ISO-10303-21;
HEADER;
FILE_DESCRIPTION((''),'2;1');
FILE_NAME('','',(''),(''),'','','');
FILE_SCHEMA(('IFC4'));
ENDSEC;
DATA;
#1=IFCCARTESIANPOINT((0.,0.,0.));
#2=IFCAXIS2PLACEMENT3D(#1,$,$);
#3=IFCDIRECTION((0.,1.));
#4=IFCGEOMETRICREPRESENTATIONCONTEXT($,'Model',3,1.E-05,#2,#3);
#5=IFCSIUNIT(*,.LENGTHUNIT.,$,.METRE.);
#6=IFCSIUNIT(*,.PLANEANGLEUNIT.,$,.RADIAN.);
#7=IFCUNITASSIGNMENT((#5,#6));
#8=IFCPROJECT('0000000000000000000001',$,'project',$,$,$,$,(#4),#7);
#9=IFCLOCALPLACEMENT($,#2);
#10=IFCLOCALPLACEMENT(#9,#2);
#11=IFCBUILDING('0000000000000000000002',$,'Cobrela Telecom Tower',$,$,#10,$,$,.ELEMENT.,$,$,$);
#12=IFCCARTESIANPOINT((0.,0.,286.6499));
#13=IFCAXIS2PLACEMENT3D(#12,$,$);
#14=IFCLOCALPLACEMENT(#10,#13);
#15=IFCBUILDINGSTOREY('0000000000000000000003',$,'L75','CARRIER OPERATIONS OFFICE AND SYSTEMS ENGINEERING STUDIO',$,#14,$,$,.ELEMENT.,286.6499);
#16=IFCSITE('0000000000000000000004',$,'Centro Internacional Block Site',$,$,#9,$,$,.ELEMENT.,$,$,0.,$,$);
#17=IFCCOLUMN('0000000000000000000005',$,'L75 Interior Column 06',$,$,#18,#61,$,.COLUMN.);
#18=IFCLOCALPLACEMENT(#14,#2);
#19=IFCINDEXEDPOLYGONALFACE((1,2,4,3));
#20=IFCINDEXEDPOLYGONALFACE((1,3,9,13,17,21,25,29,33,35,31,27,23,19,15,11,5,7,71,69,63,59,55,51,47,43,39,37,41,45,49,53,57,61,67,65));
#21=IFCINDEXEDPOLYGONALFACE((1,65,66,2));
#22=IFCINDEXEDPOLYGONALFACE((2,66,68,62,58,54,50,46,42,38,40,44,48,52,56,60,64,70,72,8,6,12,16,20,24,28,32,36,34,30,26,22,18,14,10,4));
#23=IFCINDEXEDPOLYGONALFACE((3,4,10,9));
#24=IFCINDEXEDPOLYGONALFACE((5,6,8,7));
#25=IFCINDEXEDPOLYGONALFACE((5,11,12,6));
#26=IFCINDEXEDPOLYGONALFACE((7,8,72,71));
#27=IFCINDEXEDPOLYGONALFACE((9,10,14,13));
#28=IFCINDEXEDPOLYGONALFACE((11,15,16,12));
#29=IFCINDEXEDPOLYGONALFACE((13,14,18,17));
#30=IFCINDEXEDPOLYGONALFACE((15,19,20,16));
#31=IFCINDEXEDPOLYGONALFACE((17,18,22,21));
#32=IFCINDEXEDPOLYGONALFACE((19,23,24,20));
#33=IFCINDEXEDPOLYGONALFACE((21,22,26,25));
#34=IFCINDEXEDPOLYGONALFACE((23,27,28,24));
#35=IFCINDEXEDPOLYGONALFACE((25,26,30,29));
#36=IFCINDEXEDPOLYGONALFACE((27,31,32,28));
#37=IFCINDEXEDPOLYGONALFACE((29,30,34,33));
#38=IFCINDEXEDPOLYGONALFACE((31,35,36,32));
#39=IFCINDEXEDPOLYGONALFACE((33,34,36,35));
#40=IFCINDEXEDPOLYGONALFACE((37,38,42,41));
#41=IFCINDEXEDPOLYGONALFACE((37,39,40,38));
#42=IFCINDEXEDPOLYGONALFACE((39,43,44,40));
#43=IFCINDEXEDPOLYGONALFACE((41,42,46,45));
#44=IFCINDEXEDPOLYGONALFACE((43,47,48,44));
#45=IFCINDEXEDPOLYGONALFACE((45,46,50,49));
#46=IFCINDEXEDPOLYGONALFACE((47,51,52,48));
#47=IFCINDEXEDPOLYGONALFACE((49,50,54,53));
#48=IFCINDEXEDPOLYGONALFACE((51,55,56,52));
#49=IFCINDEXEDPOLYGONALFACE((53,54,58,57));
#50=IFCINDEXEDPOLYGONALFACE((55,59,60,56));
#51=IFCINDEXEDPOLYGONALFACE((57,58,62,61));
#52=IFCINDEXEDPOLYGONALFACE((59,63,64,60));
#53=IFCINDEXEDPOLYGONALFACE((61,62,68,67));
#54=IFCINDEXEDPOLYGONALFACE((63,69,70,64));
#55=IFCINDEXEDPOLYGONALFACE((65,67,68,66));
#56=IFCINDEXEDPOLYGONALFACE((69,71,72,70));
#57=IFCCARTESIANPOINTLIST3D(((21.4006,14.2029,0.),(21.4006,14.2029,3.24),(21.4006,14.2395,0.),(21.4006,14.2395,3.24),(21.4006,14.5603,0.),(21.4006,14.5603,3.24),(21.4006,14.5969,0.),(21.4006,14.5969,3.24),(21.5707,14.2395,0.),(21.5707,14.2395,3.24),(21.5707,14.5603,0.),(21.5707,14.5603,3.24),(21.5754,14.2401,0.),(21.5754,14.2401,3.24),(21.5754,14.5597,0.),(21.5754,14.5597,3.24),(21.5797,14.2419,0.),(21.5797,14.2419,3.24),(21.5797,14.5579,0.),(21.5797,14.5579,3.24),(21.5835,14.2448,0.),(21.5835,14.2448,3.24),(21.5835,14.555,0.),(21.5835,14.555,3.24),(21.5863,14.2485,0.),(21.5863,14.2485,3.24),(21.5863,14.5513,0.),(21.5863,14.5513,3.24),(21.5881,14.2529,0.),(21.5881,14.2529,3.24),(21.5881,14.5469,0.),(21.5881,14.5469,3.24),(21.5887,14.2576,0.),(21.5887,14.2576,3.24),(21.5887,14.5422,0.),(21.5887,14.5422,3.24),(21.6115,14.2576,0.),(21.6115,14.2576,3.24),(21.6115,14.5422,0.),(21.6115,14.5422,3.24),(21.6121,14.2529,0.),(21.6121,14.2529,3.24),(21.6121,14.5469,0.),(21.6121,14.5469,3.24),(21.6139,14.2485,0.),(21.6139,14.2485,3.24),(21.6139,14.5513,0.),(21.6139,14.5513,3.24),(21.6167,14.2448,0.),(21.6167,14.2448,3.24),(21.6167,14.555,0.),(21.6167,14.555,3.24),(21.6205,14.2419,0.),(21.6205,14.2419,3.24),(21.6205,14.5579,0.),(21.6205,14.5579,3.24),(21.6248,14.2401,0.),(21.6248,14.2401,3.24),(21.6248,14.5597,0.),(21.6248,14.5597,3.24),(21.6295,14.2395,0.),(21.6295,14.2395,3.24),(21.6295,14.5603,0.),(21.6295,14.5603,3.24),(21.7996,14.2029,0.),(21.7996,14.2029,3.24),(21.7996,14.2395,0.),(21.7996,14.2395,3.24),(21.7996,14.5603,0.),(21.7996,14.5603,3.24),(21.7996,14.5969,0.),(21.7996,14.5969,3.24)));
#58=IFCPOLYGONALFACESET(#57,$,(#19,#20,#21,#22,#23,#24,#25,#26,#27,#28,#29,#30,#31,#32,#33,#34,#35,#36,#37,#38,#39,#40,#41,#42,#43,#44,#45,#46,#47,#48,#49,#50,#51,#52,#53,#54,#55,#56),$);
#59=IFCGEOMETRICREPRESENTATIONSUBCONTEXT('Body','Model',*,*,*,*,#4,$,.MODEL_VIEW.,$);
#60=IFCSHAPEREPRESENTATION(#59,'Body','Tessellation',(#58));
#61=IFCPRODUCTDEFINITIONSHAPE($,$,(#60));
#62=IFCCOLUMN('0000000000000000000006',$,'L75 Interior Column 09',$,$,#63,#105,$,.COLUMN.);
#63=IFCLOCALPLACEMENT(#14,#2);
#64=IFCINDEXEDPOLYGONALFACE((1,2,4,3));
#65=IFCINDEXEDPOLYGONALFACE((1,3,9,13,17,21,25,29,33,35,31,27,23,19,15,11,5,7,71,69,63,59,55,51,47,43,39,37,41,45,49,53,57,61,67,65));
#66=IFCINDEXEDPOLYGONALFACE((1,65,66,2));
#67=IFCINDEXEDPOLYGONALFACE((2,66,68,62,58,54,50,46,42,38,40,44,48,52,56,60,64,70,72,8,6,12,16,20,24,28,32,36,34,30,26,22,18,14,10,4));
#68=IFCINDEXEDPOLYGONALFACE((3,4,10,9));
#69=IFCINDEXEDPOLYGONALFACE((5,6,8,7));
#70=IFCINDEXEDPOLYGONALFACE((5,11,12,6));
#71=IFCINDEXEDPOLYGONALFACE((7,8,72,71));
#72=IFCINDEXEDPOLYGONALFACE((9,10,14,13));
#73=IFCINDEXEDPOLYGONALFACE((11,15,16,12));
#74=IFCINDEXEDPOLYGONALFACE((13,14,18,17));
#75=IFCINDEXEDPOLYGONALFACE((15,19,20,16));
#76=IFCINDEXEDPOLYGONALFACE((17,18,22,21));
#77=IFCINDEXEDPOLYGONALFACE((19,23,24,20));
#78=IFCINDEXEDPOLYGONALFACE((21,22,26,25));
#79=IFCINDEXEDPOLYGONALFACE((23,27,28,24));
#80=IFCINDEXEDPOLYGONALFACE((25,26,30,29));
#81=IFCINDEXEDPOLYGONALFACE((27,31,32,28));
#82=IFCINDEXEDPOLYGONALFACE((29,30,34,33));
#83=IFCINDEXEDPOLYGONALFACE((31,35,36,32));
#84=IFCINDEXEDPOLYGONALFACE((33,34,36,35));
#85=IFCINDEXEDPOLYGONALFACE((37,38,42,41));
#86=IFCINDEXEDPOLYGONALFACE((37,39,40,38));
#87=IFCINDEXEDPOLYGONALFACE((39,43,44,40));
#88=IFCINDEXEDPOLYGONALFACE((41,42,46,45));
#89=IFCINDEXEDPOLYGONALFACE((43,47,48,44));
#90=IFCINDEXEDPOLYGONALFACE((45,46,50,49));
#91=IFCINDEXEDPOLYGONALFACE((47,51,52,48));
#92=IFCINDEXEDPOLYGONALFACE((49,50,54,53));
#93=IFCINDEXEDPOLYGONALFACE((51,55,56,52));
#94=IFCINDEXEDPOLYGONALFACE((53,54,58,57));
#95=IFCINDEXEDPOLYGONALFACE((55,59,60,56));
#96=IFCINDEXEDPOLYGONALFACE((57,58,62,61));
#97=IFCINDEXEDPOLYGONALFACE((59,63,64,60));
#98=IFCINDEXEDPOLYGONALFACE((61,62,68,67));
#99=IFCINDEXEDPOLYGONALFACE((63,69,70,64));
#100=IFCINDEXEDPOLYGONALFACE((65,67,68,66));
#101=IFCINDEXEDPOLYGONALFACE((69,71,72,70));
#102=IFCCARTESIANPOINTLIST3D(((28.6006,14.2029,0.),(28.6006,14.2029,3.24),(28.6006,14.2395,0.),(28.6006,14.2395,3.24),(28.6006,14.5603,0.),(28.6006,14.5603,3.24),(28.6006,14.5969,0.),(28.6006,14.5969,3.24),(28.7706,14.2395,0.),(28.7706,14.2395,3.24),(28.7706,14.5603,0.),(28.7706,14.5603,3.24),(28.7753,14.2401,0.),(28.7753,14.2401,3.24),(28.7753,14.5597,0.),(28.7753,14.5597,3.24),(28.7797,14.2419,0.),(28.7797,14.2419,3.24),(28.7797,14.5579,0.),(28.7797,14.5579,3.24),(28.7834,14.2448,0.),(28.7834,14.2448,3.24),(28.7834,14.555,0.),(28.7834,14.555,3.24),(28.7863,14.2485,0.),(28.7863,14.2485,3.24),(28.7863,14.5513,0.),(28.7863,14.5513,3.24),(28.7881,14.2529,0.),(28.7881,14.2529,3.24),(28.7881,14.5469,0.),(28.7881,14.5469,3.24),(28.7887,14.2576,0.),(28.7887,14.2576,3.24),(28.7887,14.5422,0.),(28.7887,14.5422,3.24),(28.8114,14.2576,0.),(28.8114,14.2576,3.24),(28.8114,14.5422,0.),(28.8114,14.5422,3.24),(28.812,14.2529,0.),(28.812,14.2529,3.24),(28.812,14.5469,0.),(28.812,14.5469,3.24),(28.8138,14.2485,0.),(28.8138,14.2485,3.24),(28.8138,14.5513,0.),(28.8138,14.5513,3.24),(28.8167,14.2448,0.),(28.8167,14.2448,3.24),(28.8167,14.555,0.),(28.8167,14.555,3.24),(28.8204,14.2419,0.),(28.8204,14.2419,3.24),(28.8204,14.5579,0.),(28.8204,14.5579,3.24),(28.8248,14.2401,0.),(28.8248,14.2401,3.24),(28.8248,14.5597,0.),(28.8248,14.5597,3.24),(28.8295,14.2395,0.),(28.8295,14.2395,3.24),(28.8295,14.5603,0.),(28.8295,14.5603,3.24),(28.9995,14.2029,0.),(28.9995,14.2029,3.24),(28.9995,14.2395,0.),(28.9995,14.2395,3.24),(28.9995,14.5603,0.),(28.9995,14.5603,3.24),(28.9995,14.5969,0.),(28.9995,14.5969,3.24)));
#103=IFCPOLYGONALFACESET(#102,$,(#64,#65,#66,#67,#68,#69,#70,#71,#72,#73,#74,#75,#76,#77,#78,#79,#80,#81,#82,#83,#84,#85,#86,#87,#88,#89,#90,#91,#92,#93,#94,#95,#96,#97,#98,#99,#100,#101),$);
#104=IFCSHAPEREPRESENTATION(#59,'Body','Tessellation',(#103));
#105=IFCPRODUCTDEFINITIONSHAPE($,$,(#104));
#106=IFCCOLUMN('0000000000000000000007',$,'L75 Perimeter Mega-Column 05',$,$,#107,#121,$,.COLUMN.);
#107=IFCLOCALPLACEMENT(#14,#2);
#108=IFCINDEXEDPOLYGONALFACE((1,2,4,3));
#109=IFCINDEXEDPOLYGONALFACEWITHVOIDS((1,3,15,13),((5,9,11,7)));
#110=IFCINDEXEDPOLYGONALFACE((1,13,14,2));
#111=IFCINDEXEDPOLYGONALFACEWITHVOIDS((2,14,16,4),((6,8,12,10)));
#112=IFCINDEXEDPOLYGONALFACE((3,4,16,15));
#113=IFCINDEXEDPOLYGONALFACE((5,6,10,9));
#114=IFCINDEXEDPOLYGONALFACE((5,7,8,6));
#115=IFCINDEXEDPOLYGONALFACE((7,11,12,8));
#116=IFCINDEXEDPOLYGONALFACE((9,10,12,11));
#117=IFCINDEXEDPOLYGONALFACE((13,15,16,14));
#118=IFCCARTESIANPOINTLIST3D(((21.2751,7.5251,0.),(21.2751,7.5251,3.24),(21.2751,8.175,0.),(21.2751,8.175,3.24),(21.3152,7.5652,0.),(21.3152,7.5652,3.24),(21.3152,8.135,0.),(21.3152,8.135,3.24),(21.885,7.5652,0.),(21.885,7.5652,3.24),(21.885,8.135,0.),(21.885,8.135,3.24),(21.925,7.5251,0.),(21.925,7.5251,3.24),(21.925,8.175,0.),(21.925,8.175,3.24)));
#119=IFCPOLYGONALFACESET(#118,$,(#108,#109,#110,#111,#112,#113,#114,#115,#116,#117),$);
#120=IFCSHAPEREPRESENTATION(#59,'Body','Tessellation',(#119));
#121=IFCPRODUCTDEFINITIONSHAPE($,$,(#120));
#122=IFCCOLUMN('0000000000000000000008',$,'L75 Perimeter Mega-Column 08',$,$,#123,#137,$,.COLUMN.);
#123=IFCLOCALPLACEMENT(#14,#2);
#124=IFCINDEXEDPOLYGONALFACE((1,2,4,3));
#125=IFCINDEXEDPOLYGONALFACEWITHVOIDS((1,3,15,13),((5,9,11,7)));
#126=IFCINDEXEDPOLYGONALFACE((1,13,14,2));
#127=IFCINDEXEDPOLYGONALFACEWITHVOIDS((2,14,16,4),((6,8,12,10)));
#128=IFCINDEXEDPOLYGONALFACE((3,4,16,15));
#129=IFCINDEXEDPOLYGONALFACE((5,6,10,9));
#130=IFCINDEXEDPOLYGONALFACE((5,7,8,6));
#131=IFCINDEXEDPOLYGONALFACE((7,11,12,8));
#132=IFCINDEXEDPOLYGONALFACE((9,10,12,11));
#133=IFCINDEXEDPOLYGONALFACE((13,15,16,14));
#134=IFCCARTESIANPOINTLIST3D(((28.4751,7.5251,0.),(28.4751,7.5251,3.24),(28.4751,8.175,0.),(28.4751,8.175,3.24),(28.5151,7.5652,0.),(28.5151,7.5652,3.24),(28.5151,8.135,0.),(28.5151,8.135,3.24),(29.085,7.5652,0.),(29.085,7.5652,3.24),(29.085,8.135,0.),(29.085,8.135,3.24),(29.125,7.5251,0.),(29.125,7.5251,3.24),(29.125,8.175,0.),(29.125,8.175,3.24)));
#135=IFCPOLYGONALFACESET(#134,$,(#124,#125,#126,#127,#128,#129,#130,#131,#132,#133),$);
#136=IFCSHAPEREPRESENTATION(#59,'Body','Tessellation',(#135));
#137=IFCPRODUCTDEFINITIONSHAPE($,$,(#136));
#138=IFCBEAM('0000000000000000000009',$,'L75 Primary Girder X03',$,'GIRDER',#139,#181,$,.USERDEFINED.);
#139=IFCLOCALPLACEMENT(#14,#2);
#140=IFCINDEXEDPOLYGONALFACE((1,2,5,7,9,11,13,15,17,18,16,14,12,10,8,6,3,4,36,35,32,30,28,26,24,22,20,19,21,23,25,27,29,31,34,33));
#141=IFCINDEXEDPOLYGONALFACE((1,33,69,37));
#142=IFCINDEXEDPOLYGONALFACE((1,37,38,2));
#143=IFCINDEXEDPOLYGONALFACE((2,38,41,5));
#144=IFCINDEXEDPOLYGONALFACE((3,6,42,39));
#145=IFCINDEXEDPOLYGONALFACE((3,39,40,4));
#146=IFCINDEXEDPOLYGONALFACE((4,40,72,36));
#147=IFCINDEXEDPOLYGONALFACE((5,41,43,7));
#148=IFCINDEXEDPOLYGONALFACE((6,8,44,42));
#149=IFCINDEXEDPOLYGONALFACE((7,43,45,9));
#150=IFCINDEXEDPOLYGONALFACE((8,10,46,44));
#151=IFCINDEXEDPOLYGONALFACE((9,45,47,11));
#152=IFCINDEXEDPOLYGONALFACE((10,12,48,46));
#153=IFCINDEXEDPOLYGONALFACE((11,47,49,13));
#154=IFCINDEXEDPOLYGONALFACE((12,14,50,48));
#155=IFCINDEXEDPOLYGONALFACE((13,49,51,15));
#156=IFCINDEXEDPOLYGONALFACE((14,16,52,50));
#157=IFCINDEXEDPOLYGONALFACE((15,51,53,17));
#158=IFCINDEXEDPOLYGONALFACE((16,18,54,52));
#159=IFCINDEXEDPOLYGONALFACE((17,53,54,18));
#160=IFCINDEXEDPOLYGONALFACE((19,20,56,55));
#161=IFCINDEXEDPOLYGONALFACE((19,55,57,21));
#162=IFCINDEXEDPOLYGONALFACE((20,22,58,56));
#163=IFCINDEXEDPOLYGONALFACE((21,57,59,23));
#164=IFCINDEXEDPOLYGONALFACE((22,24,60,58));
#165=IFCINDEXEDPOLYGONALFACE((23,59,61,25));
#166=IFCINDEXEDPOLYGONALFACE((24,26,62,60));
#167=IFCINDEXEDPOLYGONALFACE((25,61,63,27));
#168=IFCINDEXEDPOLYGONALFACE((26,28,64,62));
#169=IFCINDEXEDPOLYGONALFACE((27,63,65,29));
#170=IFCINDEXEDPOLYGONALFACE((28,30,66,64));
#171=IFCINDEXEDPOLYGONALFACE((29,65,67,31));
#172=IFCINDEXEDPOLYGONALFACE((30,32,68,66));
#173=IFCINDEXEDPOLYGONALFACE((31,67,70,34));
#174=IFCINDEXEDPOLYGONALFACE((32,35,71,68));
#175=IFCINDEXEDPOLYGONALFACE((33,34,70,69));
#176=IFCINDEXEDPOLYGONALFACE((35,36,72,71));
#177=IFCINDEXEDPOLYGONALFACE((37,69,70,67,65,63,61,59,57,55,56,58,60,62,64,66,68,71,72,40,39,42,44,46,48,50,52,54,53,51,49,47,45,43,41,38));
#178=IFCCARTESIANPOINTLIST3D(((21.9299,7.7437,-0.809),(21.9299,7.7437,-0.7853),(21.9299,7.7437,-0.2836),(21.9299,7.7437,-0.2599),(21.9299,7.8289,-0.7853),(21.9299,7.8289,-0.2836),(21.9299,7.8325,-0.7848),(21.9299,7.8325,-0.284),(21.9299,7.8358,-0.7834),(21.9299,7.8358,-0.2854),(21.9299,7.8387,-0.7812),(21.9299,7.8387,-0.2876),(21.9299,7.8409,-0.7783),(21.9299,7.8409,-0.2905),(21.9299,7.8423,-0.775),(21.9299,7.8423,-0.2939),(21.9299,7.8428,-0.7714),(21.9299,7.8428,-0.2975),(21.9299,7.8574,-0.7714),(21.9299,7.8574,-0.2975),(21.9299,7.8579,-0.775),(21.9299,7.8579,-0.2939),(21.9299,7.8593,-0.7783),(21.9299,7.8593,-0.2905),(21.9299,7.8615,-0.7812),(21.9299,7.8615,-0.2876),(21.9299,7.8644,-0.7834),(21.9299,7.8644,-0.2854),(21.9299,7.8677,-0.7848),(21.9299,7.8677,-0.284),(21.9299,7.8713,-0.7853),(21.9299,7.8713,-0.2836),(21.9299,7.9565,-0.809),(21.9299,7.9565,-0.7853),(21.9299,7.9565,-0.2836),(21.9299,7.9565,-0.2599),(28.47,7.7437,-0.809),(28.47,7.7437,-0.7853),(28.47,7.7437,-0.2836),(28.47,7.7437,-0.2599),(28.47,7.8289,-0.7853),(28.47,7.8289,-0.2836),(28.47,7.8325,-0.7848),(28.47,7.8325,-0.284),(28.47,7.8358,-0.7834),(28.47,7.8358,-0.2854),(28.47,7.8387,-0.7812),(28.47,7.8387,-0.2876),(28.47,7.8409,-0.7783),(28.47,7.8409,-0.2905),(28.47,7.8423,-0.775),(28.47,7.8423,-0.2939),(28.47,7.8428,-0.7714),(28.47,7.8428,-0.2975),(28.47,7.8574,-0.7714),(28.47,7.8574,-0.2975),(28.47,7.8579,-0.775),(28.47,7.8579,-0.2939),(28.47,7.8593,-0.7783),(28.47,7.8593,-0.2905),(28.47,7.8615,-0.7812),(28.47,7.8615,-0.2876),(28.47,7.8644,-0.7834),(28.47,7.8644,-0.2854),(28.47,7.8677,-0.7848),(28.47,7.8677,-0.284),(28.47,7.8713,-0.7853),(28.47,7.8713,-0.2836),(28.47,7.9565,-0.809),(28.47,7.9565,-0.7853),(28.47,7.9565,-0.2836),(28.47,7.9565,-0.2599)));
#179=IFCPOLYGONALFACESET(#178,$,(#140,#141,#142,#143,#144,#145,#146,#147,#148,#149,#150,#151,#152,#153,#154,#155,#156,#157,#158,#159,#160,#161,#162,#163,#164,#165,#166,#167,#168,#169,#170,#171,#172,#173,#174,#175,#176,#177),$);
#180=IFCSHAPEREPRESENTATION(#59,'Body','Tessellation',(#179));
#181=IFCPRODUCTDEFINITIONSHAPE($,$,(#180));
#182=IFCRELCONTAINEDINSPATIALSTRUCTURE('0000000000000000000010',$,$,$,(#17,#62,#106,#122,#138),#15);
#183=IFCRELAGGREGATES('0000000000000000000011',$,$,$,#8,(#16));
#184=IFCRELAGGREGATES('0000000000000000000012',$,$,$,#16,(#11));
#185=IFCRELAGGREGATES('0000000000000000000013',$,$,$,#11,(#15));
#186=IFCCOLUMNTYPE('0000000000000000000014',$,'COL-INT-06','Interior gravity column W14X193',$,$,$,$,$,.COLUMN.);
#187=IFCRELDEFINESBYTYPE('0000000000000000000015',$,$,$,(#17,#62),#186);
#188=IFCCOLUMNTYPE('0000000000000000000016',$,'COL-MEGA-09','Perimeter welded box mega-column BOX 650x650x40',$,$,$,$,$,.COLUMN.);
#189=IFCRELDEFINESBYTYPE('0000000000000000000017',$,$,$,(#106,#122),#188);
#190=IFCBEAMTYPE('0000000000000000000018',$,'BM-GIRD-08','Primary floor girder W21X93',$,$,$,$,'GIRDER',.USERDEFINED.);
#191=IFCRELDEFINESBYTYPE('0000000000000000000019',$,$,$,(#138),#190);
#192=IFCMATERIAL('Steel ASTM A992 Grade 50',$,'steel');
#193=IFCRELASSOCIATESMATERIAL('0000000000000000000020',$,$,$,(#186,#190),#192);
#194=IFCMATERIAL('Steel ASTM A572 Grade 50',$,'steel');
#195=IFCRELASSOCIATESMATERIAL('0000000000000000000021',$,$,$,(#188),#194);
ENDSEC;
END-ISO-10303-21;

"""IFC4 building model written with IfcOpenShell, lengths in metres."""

from ifc_helpers import new_model, si_unit, direction, frame, origin, origin_2d, place, context, subcontext, project, spatial, hollow_rectangle, i_section, extrude, material, material_profile, profile_set, type_object, element, save


model = new_model("IFC4")

# Units and contexts
model_context = context("Model", 3, precision=1e-05, world=origin(), true_north=direction((0.0, 1.0)))
body_context = subcontext(model_context, "Body", "Model", "MODEL_VIEW")
ifc_project = project(units=[si_unit("LENGTHUNIT", "METRE"), si_unit("PLANEANGLEUNIT", "RADIAN")], contexts=[model_context])

# Site, building, storey
site_placement = place(None, origin())
site = spatial("IfcSite", under=ifc_project, at=site_placement, Name="Centro Internacional Block Site", CompositionType="ELEMENT", RefElevation=0.0)
building_placement = place(site_placement, origin())
building = spatial("IfcBuilding", under=site, at=building_placement, Name="Cobrela Telecom Tower", CompositionType="ELEMENT")
storey_placement = place(building_placement, frame((0.0, 0.0, 286.6499)))
storey = spatial("IfcBuildingStorey", under=building, at=storey_placement, Name="L75", Description="CARRIER OPERATIONS OFFICE AND SYSTEMS ENGINEERING STUDIO", CompositionType="ELEMENT", Elevation=286.6499)

# Columns
ifc_material_1 = material(Name="Steel ASTM A992 Grade 50", Category="steel")
ifc_material_profile_1 = material_profile(ifc_material_1, i_section(OverallWidth=0.3989, OverallDepth=0.394, WebThickness=0.0227, FlangeThickness=0.0366, FilletRadius=0.0181, at=origin_2d()), Name="W14X193")
ifc_profile_set_1 = profile_set([ifc_material_profile_1], Name="Steel ASTM A992 Grade 50")
column_type_1 = type_object("IfcColumnType", Name="COL-INT-06", Description="Interior gravity column W14X193", PredefinedType="COLUMN", material=ifc_profile_set_1)
for number, where, z_axis, x_axis, name in (
    (1, (21.6001, 14.3999, 0.0), (0.0, 0.0, 1.0), (1.0, 0.0, 0.0), "L75 Interior Column 06"),
    (2, (28.8, 14.3999, 0.0), (0.0, 0.0, 1.0), (1.0, 0.0, 0.0), "L75 Interior Column 09"),
):
    element("IfcColumn", number, at=place(storey_placement, frame(where, z_axis=z_axis, x_axis=x_axis)), inside=storey, type_object=column_type_1, Name=name, PredefinedType="COLUMN", context=body_context, shape_type="SweptSolid", body=[
        extrude(i_section(OverallWidth=0.3989, OverallDepth=0.394, WebThickness=0.0227, FlangeThickness=0.0366, FilletRadius=0.0181, at=origin_2d()), origin(), (0.0, 0.0, 1.0), 3.24),
    ])
ifc_material_2 = material(Name="Steel ASTM A572 Grade 50", Category="steel")
ifc_material_profile_2 = material_profile(ifc_material_2, hollow_rectangle(XDim=0.6499, YDim=0.6499, WallThickness=0.04, at=origin_2d()), Name="BOX 650x650x40")
ifc_profile_set_2 = profile_set([ifc_material_profile_2], Name="Steel ASTM A572 Grade 50")
column_type_2 = type_object("IfcColumnType", Name="COL-MEGA-09", Description="Perimeter welded box mega-column BOX 650x650x40", PredefinedType="COLUMN", material=ifc_profile_set_2)
for number, where, z_axis, x_axis, name in (
    (3, (21.6001, 7.8501, 0.0), (0.0, 0.0, 1.0), (1.0, 0.0, 0.0), "L75 Perimeter Mega-Column 05"),
    (4, (28.8, 7.8501, 0.0), (0.0, 0.0, 1.0), (1.0, 0.0, 0.0), "L75 Perimeter Mega-Column 08"),
):
    element("IfcColumn", number, at=place(storey_placement, frame(where, z_axis=z_axis, x_axis=x_axis)), inside=storey, type_object=column_type_2, Name=name, PredefinedType="COLUMN", context=body_context, shape_type="SweptSolid", body=[
        extrude(hollow_rectangle(XDim=0.6499, YDim=0.6499, WallThickness=0.04, at=origin_2d()), origin(), (0.0, 0.0, 1.0), 3.24),
    ])

# Beam
ifc_material_profile_3 = material_profile(ifc_material_1, i_section(OverallWidth=0.2129, OverallDepth=0.5491, WebThickness=0.0146, FlangeThickness=0.0237, FilletRadius=0.0139, at=origin_2d()), Name="W21X93")
ifc_profile_set_3 = profile_set([ifc_material_profile_3], Name="Steel ASTM A992 Grade 50")
beam_type_1 = type_object("IfcBeamType", Name="BM-GIRD-08", Description="Primary floor girder W21X93", ElementType="GIRDER", PredefinedType="USERDEFINED", material=ifc_profile_set_3)
beam_1_placement = place(storey_placement, frame((21.9299, 7.8501, -0.5344), z_axis=(1.0, 0.0, 0.0), x_axis=(0.0, 1.0, 0.0)))
element("IfcBeam", 5, at=beam_1_placement, inside=storey, type_object=beam_type_1, Name="L75 Primary Girder X03", ObjectType="GIRDER", PredefinedType="USERDEFINED", context=body_context, shape_type="SweptSolid", body=[
    extrude(i_section(OverallWidth=0.2129, OverallDepth=0.5491, WebThickness=0.0146, FlangeThickness=0.0237, FilletRadius=0.0139, at=origin_2d()), origin(), (0.0, 0.0, 1.0), 6.54),
])

save(model, "model.ifc")
